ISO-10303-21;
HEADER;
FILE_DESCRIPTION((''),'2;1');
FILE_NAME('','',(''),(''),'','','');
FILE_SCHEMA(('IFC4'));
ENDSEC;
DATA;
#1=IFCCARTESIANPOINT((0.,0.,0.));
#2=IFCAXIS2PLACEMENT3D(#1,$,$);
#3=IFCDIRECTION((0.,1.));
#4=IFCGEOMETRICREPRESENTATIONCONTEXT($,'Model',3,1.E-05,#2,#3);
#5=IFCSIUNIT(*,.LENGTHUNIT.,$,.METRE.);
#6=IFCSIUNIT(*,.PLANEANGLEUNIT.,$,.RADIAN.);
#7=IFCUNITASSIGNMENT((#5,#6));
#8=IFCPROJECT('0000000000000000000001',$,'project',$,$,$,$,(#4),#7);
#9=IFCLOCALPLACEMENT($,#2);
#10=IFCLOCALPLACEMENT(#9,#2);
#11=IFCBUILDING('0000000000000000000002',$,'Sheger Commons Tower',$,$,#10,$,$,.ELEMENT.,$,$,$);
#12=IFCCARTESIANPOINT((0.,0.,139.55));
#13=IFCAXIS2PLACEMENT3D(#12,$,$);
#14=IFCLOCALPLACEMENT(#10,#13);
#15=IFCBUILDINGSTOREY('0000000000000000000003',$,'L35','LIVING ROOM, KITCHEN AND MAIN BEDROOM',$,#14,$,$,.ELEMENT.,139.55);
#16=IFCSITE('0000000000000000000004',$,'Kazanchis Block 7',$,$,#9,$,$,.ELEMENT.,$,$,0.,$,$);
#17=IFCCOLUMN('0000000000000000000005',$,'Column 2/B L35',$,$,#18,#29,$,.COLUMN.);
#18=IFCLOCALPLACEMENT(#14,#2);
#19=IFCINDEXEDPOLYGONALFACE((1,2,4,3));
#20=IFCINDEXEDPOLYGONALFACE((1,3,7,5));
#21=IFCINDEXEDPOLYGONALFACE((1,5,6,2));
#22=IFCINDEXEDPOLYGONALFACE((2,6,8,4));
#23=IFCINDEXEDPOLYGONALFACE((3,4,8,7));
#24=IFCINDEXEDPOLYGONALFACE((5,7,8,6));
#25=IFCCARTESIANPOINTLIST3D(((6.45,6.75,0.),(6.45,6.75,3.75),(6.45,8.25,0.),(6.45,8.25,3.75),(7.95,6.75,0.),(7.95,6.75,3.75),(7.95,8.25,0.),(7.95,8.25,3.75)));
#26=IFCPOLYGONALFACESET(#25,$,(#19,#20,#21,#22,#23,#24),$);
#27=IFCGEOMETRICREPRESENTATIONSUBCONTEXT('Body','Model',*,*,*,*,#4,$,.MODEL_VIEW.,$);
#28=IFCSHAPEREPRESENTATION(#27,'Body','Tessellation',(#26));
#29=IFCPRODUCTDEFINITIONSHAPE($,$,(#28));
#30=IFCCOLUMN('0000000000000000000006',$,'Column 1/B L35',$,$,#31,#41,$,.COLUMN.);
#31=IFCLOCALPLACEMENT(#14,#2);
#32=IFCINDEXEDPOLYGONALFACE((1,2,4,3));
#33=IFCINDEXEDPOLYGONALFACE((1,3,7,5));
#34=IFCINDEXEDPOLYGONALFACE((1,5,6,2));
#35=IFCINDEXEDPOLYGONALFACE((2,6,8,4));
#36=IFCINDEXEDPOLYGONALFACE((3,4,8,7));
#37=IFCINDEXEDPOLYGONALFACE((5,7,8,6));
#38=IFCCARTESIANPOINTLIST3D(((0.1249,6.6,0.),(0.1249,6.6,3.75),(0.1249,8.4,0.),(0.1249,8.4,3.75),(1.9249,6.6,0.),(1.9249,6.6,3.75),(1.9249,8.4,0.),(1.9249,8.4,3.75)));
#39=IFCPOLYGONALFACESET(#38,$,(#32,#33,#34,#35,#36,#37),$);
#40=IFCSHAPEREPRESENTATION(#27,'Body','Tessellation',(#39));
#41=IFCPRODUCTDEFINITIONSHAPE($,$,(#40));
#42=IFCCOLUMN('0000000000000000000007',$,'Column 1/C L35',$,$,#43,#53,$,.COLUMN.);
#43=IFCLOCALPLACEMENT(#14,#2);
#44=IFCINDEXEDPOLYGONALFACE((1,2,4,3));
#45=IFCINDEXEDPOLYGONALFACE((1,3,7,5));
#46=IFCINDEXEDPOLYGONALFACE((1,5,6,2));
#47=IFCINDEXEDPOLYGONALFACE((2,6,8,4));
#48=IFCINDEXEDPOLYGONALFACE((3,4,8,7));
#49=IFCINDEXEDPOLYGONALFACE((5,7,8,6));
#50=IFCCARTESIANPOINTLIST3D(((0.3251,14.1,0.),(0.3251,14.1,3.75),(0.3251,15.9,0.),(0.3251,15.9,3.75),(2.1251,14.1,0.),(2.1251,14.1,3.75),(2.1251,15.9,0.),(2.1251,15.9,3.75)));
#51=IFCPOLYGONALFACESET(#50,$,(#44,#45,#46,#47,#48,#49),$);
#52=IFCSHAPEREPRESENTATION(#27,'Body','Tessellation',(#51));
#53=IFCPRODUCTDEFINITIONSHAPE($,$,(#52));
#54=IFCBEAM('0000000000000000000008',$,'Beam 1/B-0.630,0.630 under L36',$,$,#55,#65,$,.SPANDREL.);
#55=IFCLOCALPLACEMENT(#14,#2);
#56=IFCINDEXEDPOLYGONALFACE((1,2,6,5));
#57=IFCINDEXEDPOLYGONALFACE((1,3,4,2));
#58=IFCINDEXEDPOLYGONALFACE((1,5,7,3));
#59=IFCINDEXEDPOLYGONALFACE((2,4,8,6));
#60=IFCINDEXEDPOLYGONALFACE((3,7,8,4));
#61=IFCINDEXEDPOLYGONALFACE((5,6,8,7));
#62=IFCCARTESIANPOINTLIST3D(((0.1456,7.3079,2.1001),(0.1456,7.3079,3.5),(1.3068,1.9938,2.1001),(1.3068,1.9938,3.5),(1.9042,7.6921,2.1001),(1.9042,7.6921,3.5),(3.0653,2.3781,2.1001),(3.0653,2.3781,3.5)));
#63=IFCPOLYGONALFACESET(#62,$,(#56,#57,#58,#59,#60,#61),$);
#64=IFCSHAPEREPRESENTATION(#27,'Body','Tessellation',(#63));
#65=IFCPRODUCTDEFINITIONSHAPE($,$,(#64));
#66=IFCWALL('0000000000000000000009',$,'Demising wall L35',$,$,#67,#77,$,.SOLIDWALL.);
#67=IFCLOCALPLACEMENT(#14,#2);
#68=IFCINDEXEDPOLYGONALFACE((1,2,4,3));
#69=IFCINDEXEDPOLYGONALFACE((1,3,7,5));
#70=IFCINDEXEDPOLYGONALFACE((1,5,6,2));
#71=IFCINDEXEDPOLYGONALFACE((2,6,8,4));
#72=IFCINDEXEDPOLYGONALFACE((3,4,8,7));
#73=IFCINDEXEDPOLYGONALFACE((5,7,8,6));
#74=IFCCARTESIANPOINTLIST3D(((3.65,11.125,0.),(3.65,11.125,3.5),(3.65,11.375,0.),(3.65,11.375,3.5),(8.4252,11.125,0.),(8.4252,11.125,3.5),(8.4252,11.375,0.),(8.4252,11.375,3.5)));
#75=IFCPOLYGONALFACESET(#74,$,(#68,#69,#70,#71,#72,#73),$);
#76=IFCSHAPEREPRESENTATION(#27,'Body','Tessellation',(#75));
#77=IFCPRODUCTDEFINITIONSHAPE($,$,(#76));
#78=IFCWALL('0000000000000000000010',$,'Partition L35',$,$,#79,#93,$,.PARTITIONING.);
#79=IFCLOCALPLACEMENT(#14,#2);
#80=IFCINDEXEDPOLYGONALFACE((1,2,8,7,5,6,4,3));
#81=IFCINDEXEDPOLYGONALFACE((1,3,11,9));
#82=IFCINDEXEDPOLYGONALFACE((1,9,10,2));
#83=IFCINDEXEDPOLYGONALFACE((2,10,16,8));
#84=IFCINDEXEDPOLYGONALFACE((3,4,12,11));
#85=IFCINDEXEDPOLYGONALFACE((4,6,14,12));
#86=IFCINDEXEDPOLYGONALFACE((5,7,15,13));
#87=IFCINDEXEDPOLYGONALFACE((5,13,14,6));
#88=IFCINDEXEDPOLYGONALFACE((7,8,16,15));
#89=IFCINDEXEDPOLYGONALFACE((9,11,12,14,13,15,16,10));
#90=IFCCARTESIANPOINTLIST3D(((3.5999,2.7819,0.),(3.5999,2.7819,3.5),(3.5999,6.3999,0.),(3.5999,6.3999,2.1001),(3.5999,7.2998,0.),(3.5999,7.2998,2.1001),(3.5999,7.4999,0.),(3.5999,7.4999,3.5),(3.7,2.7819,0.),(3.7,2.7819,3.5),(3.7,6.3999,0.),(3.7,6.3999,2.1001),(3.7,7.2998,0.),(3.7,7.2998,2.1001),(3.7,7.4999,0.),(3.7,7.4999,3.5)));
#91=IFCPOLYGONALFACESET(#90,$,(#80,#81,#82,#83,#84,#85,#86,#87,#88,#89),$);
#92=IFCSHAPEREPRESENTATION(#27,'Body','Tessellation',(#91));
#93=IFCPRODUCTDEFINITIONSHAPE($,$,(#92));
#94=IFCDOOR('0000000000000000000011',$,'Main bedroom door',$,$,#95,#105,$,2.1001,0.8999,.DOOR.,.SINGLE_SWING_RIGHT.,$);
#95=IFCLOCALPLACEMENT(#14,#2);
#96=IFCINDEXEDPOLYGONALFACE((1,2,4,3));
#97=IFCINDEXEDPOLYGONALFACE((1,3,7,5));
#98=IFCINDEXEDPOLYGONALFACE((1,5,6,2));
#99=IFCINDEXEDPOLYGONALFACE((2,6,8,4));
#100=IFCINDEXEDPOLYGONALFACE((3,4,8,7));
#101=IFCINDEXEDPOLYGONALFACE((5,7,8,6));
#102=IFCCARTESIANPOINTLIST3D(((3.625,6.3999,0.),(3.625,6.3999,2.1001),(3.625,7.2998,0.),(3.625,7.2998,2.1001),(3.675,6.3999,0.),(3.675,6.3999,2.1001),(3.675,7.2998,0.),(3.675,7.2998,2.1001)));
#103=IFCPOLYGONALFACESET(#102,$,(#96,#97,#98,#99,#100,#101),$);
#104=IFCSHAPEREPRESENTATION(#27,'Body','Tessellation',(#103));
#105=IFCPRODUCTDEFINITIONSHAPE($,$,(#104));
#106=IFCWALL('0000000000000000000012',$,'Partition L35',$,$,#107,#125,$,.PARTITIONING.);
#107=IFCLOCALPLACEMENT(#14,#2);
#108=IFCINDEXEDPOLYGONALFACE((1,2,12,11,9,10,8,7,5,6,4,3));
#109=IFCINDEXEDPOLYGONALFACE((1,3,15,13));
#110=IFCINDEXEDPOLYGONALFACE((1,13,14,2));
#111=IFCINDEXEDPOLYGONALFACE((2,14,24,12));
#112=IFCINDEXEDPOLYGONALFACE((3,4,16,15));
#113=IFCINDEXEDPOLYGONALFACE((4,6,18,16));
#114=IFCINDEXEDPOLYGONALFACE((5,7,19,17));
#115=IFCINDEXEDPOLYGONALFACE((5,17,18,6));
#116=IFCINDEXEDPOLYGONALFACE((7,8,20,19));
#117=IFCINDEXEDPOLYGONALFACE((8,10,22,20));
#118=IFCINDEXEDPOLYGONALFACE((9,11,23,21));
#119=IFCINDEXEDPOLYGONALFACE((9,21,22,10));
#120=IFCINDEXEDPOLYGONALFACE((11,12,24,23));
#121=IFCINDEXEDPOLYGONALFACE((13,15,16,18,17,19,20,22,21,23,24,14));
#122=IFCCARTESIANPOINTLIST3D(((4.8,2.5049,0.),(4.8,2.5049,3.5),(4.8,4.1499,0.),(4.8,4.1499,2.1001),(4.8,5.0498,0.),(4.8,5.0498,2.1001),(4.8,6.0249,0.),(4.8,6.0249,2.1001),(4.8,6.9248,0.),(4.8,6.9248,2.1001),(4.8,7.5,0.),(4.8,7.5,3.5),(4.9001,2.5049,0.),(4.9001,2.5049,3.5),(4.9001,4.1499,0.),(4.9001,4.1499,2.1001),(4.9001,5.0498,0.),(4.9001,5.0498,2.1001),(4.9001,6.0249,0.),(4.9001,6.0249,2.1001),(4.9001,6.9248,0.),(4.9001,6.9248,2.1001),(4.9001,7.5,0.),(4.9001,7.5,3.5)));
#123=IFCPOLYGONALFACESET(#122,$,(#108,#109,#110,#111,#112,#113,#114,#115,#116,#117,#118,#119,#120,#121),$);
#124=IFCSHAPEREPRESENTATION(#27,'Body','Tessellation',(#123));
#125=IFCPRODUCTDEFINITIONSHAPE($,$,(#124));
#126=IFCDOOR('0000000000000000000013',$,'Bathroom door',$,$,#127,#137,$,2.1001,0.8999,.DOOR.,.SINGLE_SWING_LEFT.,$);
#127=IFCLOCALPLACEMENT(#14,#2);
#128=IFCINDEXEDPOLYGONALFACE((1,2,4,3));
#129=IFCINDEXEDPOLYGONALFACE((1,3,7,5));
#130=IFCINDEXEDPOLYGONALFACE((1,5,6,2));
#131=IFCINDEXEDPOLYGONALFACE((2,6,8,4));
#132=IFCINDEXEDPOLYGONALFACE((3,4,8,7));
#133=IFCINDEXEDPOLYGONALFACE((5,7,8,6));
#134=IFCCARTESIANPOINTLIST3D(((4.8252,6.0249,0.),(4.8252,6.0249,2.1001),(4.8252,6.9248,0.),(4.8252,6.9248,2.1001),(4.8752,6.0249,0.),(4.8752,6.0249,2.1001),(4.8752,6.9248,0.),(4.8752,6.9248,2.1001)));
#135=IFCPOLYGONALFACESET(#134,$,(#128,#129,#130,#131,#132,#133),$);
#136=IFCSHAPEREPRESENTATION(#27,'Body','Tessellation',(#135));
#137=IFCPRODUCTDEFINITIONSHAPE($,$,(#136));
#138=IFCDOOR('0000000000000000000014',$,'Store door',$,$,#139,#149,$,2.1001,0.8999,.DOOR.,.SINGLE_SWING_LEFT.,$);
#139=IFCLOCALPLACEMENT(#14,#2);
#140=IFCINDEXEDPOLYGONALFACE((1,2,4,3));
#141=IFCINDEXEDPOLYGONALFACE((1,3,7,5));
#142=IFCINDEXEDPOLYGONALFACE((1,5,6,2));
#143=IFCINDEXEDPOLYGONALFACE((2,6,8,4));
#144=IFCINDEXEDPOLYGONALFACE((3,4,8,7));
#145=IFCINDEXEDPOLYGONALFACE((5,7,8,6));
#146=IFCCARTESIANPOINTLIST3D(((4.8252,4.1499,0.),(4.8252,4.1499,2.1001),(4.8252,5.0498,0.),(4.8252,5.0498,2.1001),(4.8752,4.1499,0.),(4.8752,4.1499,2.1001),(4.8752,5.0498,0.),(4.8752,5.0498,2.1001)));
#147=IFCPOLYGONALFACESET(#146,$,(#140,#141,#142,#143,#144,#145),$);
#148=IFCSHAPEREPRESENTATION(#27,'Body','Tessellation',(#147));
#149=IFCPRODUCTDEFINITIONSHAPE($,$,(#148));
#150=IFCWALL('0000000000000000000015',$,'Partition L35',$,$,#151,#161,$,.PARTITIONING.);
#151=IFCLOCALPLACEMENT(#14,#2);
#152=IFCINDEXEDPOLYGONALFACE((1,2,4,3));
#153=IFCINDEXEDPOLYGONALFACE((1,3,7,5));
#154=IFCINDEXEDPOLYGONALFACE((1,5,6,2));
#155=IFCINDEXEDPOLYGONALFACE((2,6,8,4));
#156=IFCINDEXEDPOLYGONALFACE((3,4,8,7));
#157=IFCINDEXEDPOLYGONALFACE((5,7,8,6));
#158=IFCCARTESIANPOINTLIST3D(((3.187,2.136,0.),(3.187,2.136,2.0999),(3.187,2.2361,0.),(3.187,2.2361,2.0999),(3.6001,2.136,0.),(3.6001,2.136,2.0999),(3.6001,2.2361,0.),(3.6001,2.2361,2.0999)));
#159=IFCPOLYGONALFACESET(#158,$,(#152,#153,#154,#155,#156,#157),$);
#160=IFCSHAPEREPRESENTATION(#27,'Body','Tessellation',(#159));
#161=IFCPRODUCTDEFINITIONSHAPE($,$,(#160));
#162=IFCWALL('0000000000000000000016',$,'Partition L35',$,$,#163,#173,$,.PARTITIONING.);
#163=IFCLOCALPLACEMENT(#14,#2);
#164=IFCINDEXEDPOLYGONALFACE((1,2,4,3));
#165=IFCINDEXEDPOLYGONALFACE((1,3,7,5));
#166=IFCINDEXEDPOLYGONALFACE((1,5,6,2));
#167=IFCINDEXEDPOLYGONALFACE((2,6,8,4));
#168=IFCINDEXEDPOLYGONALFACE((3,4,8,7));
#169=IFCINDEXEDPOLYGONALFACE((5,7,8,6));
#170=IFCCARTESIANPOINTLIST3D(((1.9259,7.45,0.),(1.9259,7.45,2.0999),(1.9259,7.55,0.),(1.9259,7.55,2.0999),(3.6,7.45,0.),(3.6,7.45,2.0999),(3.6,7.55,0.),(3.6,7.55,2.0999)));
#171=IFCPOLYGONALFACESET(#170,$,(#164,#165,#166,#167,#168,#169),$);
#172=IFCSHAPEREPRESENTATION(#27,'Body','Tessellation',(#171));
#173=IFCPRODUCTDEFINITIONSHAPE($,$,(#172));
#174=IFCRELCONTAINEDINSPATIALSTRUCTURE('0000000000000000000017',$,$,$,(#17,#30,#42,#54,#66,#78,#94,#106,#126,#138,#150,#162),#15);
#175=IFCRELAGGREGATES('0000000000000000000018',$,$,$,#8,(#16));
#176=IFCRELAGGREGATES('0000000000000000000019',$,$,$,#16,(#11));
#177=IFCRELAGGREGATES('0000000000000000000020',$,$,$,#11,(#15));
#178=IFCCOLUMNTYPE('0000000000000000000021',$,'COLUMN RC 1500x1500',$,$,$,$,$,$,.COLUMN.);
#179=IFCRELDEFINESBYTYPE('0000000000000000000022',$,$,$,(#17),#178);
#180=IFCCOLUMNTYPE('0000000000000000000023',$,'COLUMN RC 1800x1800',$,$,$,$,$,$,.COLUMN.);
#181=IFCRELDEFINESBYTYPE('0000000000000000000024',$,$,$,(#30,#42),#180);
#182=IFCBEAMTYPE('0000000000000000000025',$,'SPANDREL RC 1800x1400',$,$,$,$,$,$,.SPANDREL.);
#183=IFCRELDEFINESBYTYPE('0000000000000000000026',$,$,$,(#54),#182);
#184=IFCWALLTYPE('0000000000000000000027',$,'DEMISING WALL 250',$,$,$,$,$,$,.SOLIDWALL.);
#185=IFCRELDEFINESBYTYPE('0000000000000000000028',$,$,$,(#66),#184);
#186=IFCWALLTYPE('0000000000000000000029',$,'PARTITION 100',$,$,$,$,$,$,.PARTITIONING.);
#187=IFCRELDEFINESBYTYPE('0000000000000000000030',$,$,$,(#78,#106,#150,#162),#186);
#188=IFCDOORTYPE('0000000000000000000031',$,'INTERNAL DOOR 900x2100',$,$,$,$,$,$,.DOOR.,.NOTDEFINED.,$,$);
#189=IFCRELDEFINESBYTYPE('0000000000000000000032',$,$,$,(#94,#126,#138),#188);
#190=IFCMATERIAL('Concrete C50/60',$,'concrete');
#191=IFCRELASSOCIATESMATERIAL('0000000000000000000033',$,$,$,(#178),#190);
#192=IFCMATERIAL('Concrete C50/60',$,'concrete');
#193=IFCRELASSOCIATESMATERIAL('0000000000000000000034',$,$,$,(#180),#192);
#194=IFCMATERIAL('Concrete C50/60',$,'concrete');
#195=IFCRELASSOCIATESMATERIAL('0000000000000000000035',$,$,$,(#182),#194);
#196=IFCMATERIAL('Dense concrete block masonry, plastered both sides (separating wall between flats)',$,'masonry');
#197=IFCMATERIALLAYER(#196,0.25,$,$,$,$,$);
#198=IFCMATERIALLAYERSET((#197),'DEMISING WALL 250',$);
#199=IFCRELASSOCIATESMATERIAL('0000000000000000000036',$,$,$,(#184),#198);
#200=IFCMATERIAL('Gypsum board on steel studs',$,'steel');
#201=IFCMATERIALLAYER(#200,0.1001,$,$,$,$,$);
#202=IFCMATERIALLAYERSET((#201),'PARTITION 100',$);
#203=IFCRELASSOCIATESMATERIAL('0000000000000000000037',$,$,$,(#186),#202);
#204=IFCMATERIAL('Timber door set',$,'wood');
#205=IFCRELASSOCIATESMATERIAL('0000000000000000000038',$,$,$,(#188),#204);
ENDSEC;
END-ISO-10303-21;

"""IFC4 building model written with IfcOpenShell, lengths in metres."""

from ifc_helpers import new_model, si_unit, direction, frame, frame_2d, origin, origin_2d, place, context, subcontext, project, spatial, rectangle, extrude, material, layer, layer_set, material_profile, profile_set, type_object, element, fill, save


model = new_model("IFC4")

# Units and contexts
model_context = context("Model", 3, precision=1e-05, world=origin(), true_north=direction((0.0, 1.0)))
body_context = subcontext(model_context, "Body", "Model", "MODEL_VIEW")
ifc_project = project(units=[si_unit("LENGTHUNIT", "METRE"), si_unit("PLANEANGLEUNIT", "RADIAN")], contexts=[model_context])

# Site, building, storey
site_placement = place(None, origin())
site = spatial("IfcSite", under=ifc_project, at=site_placement, Name="Kazanchis Block 7", CompositionType="ELEMENT", RefElevation=0.0)
building_placement = place(site_placement, origin())
building = spatial("IfcBuilding", under=site, at=building_placement, Name="Sheger Commons Tower", CompositionType="ELEMENT")
storey_placement = place(building_placement, frame((0.0, 0.0, 139.55)))
storey = spatial("IfcBuildingStorey", under=building, at=storey_placement, Name="L35", Description="LIVING ROOM, KITCHEN AND MAIN BEDROOM", CompositionType="ELEMENT", Elevation=139.55)

# Columns
ifc_material_1 = material(Name="Concrete C50/60", Category="concrete")
ifc_material_profile_1 = material_profile(ifc_material_1, rectangle(XDim=1.5, YDim=1.5, at=origin_2d()), Name="RC 1500x1500")
ifc_profile_set_1 = profile_set([ifc_material_profile_1], Name="Concrete C50/60")
column_type_1 = type_object("IfcColumnType", Name="COLUMN RC 1500x1500", PredefinedType="COLUMN", material=ifc_profile_set_1)
column_placement = place(storey_placement, frame((7.2, 7.5, 0.0), z_axis=(0.0, 0.0, 1.0), x_axis=(1.0, 0.0, 0.0)))
element("IfcColumn", 1, at=column_placement, inside=storey, type_object=column_type_1, Name="Column 2/B L35", PredefinedType="COLUMN", context=body_context, shape_type="SweptSolid", body=[
    extrude(rectangle(XDim=1.5, YDim=1.5, at=origin_2d()), origin(), (0.0, 0.0, 1.0), 3.75),
])
ifc_material_2 = material(Name="Concrete C50/60", Category="concrete")
ifc_material_profile_2 = material_profile(ifc_material_2, rectangle(XDim=1.8, YDim=1.8, at=origin_2d()), Name="RC 1800x1800")
ifc_profile_set_2 = profile_set([ifc_material_profile_2], Name="Concrete C50/60")
column_type_2 = type_object("IfcColumnType", Name="COLUMN RC 1800x1800", PredefinedType="COLUMN", material=ifc_profile_set_2)
for number, where, z_axis, x_axis, name in (
    (2, (1.0249, 7.5, 0.0), (0.0, 0.0, 1.0), (1.0, 0.0, 0.0), "Column 1/B L35"),
    (3, (1.2251, 15.0, 0.0), (0.0, 0.0, 1.0), (1.0, 0.0, 0.0), "Column 1/C L35"),
):
    element("IfcColumn", number, at=place(storey_placement, frame(where, z_axis=z_axis, x_axis=x_axis)), inside=storey, type_object=column_type_2, Name=name, PredefinedType="COLUMN", context=body_context, shape_type="SweptSolid", body=[
        extrude(rectangle(XDim=1.8, YDim=1.8, at=origin_2d()), origin(), (0.0, 0.0, 1.0), 3.75),
    ])

# Beam
ifc_material_3 = material(Name="Concrete C50/60", Category="concrete")
ifc_material_profile_3 = material_profile(ifc_material_3, rectangle(XDim=1.8, YDim=1.3999, at=origin_2d()), Name="RC 1800x1400")
ifc_profile_set_3 = profile_set([ifc_material_profile_3], Name="Concrete C50/60")
beam_type = type_object("IfcBeamType", Name="SPANDREL RC 1800x1400", PredefinedType="SPANDREL", material=ifc_profile_set_3)
beam_placement = place(storey_placement, frame((1.0249, 7.5, 2.8), z_axis=(0.213469, -0.97695, 0.0), x_axis=(0.97695, 0.213469, 0.0)))
element("IfcBeam", 4, at=beam_placement, inside=storey, type_object=beam_type, Name="Beam 1/B-0.630,0.630 under L36", PredefinedType="SPANDREL", context=body_context, shape_type="SweptSolid", body=[
    extrude(rectangle(XDim=1.8, YDim=1.3999, at=origin_2d()), origin(), (0.0, 0.0, 1.0), 5.4395),
])

# Wall
ifc_material_4 = material(Name="Dense concrete block masonry, plastered both sides (separating wall between flats)", Category="masonry")
ifc_layer_1 = layer(ifc_material_4, 0.25)
ifc_layer_set_1 = layer_set([ifc_layer_1], Name="DEMISING WALL 250")
wall_type_1 = type_object("IfcWallType", Name="DEMISING WALL 250", PredefinedType="SOLIDWALL", material=ifc_layer_set_1)
wall_1_placement = place(storey_placement, frame((3.6499, 11.25, 0.0), z_axis=(0.0, 0.0, 1.0), x_axis=(1.0, 0.0, 0.0)))
element("IfcWall", 5, at=wall_1_placement, inside=storey, type_object=wall_type_1, Name="Demising wall L35", PredefinedType="SOLIDWALL", context=body_context, shape_type="SweptSolid", body=[
    extrude(rectangle(XDim=4.7751, YDim=0.25, at=frame_2d((2.3877, 0.0))), origin(), (0.0, 0.0, 1.0), 3.5),
])

# Wall, opening, door
ifc_material_5 = material(Name="Gypsum board on steel studs", Category="steel")
ifc_layer_2 = layer(ifc_material_5, 0.1001)
ifc_layer_set_2 = layer_set([ifc_layer_2], Name="PARTITION 100")
wall_type_2 = type_object("IfcWallType", Name="PARTITION 100", PredefinedType="PARTITIONING", material=ifc_layer_set_2)
wall_2_placement = place(storey_placement, frame((3.6499, 2.782, 0.0), z_axis=(0.0, 0.0, 1.0), x_axis=(0.0, 1.0, 0.0)))
wall_2 = element("IfcWall", 6, at=wall_2_placement, inside=storey, type_object=wall_type_2, Name="Partition L35", PredefinedType="PARTITIONING", context=body_context, shape_type="SweptSolid", body=[
    extrude(rectangle(XDim=4.718, YDim=0.1001, at=frame_2d((2.3589, 0.0))), origin(), (0.0, 0.0, 1.0), 3.5),
])
opening_1_placement = place(wall_2_placement, frame((3.6179, 0.0, 0.0)))
opening_1 = element("IfcOpeningElement", 7, at=opening_1_placement, cuts=wall_2, PredefinedType="OPENING", context=body_context, shape_type="SweptSolid", body=[
    extrude(rectangle(XDim=0.8999, YDim=2.1001, at=frame_2d((0.45, 1.05))), frame((0.0, 0.0601, 0.0), z_axis=(0.0, -1.0, 0.0), x_axis=(1.0, 0.0, 0.0)), (0.0, 0.0, 1.0), 0.1201),
])
ifc_material_6 = material(Name="Timber door set", Category="wood")
door_type = type_object("IfcDoorType", Name="INTERNAL DOOR 900x2100", OperationType="NOTDEFINED", PredefinedType="DOOR", material=ifc_material_6)
door_1_placement = place(opening_1_placement, origin())
door_1 = element("IfcDoor", 8, at=door_1_placement, inside=storey, type_object=door_type, Name="Main bedroom door", OperationType="SINGLE_SWING_RIGHT", OverallHeight=2.1001, OverallWidth=0.8999, PredefinedType="DOOR", context=body_context, shape_type="SweptSolid", body=[
    extrude(rectangle(XDim=0.8999, YDim=2.1001, at=frame_2d((0.45, 1.05))), frame((0.0, 0.0249, 0.0), z_axis=(0.0, -1.0, 0.0), x_axis=(1.0, 0.0, 0.0)), (0.0, 0.0, 1.0), 0.05),
])
fill(opening_1, door_1)

# Wall, openings, doors
wall_3_placement = place(storey_placement, frame((4.8501, 2.5049, 0.0), z_axis=(0.0, 0.0, 1.0), x_axis=(0.0, 1.0, 0.0)))
wall_3 = element("IfcWall", 9, at=wall_3_placement, inside=storey, type_object=wall_type_2, Name="Partition L35", PredefinedType="PARTITIONING", context=body_context, shape_type="SweptSolid", body=[
    extrude(rectangle(XDim=4.9951, YDim=0.1001, at=frame_2d((2.4976, 0.0))), origin(), (0.0, 0.0, 1.0), 3.5),
])
opening_2_placement = place(wall_3_placement, frame((3.52, 0.0, 0.0)))
opening_2 = element("IfcOpeningElement", 10, at=opening_2_placement, cuts=wall_3, PredefinedType="OPENING", context=body_context, shape_type="SweptSolid", body=[
    extrude(rectangle(XDim=0.8999, YDim=2.1001, at=frame_2d((0.45, 1.05))), frame((0.0, 0.0601, 0.0), z_axis=(0.0, -1.0, 0.0), x_axis=(1.0, 0.0, 0.0)), (0.0, 0.0, 1.0), 0.1201),
])
opening_3_placement = place(wall_3_placement, frame((1.645, 0.0, 0.0)))
opening_3 = element("IfcOpeningElement", 11, at=opening_3_placement, cuts=wall_3, PredefinedType="OPENING", context=body_context, shape_type="SweptSolid", body=[
    extrude(rectangle(XDim=0.8999, YDim=2.1001, at=frame_2d((0.45, 1.05))), frame((0.0, 0.0601, 0.0), z_axis=(0.0, -1.0, 0.0), x_axis=(1.0, 0.0, 0.0)), (0.0, 0.0, 1.0), 0.1201),
])
door_2_placement = place(opening_2_placement, origin())
door_2 = element("IfcDoor", 12, at=door_2_placement, inside=storey, type_object=door_type, Name="Bathroom door", OperationType="SINGLE_SWING_LEFT", OverallHeight=2.1001, OverallWidth=0.8999, PredefinedType="DOOR", context=body_context, shape_type="SweptSolid", body=[
    extrude(rectangle(XDim=0.8999, YDim=2.1001, at=frame_2d((0.45, 1.05))), frame((0.0, 0.0249, 0.0), z_axis=(0.0, -1.0, 0.0), x_axis=(1.0, 0.0, 0.0)), (0.0, 0.0, 1.0), 0.05),
])
fill(opening_2, door_2)
door_3_placement = place(opening_3_placement, origin())
door_3 = element("IfcDoor", 13, at=door_3_placement, inside=storey, type_object=door_type, Name="Store door", OperationType="SINGLE_SWING_LEFT", OverallHeight=2.1001, OverallWidth=0.8999, PredefinedType="DOOR", context=body_context, shape_type="SweptSolid", body=[
    extrude(rectangle(XDim=0.8999, YDim=2.1001, at=frame_2d((0.45, 1.05))), frame((0.0, 0.0249, 0.0), z_axis=(0.0, -1.0, 0.0), x_axis=(1.0, 0.0, 0.0)), (0.0, 0.0, 1.0), 0.05),
])
fill(opening_3, door_3)

# Walls
wall_4_placement = place(storey_placement, frame((3.187, 2.186, 0.0), z_axis=(0.0, 0.0, 1.0), x_axis=(1.0, 0.0, 0.0)))
element("IfcWall", 14, at=wall_4_placement, inside=storey, type_object=wall_type_2, Name="Partition L35", PredefinedType="PARTITIONING", context=body_context, shape_type="SweptSolid", body=[
    extrude(rectangle(XDim=0.4131, YDim=0.1001, at=frame_2d((0.2065, 0.0))), origin(), (0.0, 0.0, 1.0), 2.0999),
])
wall_5_placement = place(storey_placement, frame((1.926, 7.5, 0.0), z_axis=(0.0, 0.0, 1.0), x_axis=(1.0, 0.0, 0.0)))
element("IfcWall", 15, at=wall_5_placement, inside=storey, type_object=wall_type_2, Name="Partition L35", PredefinedType="PARTITIONING", context=body_context, shape_type="SweptSolid", body=[
    extrude(rectangle(XDim=1.6741, YDim=0.1001, at=frame_2d((0.8369, 0.0))), origin(), (0.0, 0.0, 1.0), 2.0999),
])

save(model, "model.ifc")
